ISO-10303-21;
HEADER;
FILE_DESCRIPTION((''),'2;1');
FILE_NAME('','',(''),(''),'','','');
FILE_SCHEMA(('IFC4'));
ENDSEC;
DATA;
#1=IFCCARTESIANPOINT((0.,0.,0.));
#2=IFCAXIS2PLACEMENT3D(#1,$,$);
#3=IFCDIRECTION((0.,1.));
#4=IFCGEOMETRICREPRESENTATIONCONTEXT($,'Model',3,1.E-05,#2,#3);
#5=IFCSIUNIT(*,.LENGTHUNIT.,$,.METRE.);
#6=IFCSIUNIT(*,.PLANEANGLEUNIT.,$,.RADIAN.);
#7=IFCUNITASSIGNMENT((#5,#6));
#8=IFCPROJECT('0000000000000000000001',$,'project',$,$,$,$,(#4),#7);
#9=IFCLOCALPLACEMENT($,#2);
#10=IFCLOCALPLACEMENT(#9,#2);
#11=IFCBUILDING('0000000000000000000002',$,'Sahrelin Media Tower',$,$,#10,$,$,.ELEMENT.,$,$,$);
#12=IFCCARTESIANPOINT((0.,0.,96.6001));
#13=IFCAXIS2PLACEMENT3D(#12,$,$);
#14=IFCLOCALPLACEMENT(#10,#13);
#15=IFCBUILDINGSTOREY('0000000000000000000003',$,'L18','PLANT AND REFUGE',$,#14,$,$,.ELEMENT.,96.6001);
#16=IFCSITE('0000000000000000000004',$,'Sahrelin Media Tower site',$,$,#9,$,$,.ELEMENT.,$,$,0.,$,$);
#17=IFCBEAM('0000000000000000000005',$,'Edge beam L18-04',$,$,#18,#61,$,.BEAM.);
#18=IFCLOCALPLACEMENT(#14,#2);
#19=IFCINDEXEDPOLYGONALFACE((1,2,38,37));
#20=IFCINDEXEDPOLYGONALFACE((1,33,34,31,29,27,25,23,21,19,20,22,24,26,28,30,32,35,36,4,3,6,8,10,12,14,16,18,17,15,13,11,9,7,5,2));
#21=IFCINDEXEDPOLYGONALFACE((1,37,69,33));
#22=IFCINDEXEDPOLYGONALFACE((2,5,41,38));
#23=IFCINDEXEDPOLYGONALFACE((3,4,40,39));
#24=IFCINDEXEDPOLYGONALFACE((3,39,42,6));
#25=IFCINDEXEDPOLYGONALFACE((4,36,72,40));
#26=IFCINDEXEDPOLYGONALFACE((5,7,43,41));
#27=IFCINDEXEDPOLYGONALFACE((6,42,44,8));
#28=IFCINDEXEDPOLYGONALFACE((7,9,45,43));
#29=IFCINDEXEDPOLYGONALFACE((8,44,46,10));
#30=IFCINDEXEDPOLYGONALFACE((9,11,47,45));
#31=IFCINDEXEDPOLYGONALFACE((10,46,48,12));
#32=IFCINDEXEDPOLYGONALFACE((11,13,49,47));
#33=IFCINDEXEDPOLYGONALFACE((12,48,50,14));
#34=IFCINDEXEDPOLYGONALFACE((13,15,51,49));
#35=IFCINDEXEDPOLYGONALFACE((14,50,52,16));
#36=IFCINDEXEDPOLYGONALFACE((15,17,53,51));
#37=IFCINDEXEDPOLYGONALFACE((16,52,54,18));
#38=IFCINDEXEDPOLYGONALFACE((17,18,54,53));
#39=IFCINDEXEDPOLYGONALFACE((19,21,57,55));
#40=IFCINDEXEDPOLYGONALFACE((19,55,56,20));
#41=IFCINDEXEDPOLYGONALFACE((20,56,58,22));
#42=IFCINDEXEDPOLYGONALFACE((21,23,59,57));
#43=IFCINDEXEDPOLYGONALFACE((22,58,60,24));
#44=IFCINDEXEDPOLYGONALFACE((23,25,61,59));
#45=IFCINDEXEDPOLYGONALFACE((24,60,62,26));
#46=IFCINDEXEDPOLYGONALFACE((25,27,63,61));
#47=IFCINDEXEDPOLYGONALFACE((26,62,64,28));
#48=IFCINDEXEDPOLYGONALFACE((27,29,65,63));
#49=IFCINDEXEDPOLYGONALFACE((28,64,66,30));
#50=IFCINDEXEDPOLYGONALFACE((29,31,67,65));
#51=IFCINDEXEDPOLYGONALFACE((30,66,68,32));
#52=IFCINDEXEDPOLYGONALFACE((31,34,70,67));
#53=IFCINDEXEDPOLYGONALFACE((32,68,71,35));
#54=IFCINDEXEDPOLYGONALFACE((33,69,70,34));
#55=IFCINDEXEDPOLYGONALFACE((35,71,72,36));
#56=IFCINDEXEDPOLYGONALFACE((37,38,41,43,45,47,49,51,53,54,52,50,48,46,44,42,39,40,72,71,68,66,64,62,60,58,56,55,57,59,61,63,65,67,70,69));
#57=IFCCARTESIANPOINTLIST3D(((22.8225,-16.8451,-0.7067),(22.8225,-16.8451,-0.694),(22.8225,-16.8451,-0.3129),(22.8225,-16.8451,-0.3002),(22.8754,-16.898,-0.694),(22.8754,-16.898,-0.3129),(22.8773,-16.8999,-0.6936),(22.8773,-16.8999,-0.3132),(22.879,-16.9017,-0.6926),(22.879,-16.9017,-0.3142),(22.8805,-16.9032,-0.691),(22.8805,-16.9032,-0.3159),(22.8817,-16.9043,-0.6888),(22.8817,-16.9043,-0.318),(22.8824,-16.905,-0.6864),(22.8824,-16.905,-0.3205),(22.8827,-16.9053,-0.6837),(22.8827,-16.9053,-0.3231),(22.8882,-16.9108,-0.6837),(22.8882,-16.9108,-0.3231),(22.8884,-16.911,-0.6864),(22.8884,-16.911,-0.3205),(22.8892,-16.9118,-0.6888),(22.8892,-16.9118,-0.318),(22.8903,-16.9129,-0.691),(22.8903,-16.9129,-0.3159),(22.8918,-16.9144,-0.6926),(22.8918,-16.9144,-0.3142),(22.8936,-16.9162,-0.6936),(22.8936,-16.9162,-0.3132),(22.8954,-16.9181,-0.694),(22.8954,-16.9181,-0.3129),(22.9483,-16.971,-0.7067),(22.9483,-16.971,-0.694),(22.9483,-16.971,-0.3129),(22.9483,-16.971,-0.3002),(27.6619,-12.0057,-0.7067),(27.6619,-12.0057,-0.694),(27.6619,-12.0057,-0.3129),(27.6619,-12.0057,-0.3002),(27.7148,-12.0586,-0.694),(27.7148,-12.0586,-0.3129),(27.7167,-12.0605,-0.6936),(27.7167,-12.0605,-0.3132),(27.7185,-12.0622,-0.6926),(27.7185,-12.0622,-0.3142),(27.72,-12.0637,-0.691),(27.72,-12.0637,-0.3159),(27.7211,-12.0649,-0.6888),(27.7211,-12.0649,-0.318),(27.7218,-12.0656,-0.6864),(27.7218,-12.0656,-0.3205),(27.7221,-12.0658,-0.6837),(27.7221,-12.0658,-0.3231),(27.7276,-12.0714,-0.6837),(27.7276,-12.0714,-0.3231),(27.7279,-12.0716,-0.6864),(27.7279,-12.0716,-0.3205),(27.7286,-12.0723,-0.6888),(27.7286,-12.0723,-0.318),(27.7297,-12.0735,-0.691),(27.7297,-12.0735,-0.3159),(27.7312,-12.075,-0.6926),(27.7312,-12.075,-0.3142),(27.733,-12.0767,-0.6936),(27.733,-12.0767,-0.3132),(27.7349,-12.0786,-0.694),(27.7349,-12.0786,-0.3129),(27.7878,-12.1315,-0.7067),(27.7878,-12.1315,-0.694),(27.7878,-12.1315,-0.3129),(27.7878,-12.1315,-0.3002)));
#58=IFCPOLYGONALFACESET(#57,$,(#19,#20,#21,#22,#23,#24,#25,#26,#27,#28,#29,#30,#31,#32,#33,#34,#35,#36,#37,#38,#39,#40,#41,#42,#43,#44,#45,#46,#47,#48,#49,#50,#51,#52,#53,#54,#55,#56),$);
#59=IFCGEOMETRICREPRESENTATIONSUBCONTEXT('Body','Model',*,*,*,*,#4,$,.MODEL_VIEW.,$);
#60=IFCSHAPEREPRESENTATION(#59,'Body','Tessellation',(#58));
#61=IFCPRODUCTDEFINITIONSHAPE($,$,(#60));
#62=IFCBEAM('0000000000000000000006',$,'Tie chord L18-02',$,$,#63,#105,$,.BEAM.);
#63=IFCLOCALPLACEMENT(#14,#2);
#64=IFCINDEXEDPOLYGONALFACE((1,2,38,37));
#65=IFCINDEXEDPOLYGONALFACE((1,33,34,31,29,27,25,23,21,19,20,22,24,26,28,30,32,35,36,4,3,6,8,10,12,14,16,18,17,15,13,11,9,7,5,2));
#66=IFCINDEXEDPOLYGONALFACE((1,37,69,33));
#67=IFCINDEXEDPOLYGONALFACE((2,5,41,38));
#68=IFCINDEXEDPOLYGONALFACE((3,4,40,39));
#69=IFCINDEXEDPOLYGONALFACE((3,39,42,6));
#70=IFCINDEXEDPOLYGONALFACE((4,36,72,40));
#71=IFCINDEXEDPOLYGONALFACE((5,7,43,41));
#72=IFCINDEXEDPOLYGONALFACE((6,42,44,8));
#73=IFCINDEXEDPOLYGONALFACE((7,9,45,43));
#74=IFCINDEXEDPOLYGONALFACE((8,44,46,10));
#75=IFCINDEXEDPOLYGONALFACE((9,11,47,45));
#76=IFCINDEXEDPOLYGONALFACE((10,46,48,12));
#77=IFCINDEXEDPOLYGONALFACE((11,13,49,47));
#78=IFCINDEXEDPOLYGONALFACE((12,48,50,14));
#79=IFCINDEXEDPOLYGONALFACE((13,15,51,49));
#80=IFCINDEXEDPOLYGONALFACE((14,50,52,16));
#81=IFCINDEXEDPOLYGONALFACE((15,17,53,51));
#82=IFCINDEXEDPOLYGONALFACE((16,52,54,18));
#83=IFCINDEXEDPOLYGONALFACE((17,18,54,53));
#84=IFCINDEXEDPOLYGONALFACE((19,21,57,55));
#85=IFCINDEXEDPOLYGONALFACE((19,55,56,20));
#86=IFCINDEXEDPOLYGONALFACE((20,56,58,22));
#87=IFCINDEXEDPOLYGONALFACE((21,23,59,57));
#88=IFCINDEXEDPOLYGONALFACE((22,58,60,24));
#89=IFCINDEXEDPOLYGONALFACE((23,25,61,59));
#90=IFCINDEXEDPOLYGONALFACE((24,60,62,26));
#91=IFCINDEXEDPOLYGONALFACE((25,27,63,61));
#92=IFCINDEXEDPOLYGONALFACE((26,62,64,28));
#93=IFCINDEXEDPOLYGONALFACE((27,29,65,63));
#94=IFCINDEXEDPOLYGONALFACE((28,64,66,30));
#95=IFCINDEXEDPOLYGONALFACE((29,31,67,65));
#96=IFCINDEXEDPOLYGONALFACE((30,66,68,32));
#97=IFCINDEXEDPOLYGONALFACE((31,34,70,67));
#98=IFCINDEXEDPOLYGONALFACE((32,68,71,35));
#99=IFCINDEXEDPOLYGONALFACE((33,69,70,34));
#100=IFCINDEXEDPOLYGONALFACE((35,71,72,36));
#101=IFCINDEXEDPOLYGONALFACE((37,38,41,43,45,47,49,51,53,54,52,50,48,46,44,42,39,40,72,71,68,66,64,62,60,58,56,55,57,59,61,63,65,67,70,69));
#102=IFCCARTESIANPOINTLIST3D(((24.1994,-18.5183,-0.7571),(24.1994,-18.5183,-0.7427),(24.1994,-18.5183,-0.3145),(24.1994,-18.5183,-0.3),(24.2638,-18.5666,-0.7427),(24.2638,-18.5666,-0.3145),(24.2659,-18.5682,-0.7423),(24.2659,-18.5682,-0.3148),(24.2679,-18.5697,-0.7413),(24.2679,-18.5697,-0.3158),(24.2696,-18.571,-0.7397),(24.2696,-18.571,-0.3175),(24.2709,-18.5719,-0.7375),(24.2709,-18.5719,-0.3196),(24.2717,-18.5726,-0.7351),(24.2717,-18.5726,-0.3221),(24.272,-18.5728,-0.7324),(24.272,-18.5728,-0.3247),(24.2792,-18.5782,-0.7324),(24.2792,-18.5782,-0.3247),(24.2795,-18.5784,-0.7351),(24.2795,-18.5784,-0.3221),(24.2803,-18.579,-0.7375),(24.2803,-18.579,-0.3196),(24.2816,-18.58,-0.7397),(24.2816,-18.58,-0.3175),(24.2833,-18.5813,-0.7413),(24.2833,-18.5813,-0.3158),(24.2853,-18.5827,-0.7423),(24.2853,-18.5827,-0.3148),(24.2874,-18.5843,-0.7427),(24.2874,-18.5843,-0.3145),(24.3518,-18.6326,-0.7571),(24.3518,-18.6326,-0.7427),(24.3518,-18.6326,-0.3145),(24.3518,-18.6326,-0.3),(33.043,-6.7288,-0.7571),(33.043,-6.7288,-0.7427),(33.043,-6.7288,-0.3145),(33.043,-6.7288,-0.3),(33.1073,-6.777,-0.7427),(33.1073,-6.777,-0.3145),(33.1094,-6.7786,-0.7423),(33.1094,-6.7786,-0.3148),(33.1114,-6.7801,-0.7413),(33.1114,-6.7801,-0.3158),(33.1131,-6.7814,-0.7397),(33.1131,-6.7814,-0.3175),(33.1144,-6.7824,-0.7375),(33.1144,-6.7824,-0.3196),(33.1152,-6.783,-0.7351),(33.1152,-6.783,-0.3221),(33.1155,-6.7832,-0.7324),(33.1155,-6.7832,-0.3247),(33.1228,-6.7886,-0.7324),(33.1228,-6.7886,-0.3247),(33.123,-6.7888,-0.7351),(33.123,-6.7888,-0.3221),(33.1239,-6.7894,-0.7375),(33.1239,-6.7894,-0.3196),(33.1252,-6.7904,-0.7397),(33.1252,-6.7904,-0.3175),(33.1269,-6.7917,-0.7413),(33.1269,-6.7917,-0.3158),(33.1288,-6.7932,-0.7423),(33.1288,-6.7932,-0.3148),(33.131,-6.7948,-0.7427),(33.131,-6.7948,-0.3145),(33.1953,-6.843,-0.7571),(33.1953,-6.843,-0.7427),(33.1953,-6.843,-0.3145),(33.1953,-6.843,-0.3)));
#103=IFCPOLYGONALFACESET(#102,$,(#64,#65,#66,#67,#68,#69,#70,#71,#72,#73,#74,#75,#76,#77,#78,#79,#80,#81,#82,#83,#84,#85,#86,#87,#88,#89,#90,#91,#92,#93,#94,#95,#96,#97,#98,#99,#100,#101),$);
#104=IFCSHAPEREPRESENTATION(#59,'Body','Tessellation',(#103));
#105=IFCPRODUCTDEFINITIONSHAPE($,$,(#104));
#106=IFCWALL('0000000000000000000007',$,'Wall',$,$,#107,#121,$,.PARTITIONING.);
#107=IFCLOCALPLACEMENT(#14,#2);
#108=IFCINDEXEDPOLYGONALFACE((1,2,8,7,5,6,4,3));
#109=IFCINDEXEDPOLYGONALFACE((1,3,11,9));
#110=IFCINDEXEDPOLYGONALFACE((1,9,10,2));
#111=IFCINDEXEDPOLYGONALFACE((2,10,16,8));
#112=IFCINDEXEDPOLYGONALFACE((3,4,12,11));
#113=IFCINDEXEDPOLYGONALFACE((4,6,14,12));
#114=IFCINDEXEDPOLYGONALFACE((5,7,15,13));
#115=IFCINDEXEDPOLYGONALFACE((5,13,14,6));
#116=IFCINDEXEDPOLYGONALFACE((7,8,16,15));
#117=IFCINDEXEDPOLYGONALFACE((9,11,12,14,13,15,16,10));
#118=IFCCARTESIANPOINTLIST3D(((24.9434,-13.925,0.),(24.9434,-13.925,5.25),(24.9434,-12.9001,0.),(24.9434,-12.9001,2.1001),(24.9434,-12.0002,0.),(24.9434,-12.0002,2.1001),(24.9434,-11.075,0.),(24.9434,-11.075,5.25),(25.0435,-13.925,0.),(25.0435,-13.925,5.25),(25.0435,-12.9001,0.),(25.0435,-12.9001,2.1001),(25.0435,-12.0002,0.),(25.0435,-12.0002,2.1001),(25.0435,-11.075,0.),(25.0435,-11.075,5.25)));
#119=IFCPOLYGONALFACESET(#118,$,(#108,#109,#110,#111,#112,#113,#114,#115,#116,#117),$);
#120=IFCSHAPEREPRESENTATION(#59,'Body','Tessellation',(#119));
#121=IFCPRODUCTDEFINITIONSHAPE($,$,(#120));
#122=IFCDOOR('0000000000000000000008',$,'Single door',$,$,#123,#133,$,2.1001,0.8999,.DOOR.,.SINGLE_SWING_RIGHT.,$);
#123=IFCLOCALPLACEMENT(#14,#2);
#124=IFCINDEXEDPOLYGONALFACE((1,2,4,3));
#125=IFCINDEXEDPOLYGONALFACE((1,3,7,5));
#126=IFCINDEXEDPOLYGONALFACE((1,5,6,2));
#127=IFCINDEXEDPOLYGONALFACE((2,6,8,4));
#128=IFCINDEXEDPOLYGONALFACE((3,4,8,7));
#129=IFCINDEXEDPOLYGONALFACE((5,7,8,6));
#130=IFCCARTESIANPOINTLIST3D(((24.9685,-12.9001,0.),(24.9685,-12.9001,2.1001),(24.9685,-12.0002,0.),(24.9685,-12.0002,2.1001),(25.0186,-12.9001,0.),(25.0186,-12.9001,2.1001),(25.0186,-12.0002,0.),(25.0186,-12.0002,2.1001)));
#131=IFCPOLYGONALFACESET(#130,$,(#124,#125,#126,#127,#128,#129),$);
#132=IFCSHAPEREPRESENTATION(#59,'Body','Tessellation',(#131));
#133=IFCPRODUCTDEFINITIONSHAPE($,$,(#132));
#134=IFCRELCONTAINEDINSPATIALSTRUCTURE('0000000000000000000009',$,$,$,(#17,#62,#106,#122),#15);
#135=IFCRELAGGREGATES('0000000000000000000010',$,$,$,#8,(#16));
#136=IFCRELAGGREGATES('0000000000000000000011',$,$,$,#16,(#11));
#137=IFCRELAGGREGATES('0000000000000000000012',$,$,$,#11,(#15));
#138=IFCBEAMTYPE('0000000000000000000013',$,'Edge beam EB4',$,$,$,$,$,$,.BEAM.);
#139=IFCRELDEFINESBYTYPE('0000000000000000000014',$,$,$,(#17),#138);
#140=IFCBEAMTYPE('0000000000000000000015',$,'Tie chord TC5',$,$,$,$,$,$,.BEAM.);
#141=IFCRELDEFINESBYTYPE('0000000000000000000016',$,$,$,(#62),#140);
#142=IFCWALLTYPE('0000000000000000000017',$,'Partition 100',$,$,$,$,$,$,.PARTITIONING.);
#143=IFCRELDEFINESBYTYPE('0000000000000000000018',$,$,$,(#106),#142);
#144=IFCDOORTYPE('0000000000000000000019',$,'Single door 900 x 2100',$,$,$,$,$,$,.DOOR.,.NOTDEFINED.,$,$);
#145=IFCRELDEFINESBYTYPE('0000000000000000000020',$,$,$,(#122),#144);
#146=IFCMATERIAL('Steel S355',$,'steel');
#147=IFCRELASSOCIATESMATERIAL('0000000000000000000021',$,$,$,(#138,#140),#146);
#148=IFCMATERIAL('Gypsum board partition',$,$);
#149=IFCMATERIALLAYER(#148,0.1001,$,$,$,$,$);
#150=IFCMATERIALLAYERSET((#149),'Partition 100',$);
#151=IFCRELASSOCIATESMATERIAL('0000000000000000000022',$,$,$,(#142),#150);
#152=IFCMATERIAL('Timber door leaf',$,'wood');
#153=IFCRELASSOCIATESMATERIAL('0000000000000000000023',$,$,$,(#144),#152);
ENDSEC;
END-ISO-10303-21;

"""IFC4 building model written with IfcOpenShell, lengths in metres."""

from ifc_helpers import new_model, si_unit, direction, frame, frame_2d, origin, origin_2d, place, context, subcontext, project, spatial, rectangle, i_section, extrude, material, layer, layer_set, material_profile, profile_set, type_object, element, fill, save


model = new_model("IFC4")

# Units and contexts
model_context = context("Model", 3, precision=1e-05, world=origin(), true_north=direction((0.0, 1.0)))
body_context = subcontext(model_context, "Body", "Model", "MODEL_VIEW")
ifc_project = project(units=[si_unit("LENGTHUNIT", "METRE"), si_unit("PLANEANGLEUNIT", "RADIAN")], contexts=[model_context])

# Site, building, storey
site_placement = place(None, origin())
site = spatial("IfcSite", under=ifc_project, at=site_placement, Name="Sahrelin Media Tower site", CompositionType="ELEMENT", RefElevation=0.0)
building_placement = place(site_placement, origin())
building = spatial("IfcBuilding", under=site, at=building_placement, Name="Sahrelin Media Tower", CompositionType="ELEMENT")
storey_placement = place(building_placement, frame((0.0, 0.0, 96.6001)))
storey = spatial("IfcBuildingStorey", under=building, at=storey_placement, Name="L18", Description="PLANT AND REFUGE", CompositionType="ELEMENT", Elevation=96.6001)

# Beams
ifc_material_1 = material(Name="Steel S355", Category="steel")
ifc_material_profile_1 = material_profile(ifc_material_1, i_section(OverallWidth=0.178, OverallDepth=0.4065, WebThickness=0.0078, FlangeThickness=0.0127, FilletRadius=0.0103, at=origin_2d()), Name="UB 406x178x60")
ifc_profile_set_1 = profile_set([ifc_material_profile_1], Name="Steel S355")
beam_type_1 = type_object("IfcBeamType", Name="Edge beam EB4", PredefinedType="BEAM", material=ifc_profile_set_1)
beam_1_placement = place(storey_placement, frame((27.7249, -12.0686, -0.5034), z_axis=(-0.707107, -0.707107, 0.0), x_axis=(0.707107, -0.707107, 0.0)))
element("IfcBeam", 1, at=beam_1_placement, inside=storey, type_object=beam_type_1, Name="Edge beam L18-04", PredefinedType="BEAM", context=body_context, shape_type="SweptSolid", body=[
    extrude(i_section(OverallWidth=0.178, OverallDepth=0.4065, WebThickness=0.0078, FlangeThickness=0.0127, FilletRadius=0.0103, at=origin_2d()), origin(), (0.0, 0.0, 1.0), 6.844),
])
ifc_material_profile_2 = material_profile(ifc_material_1, i_section(OverallWidth=0.1904, OverallDepth=0.457, WebThickness=0.009, FlangeThickness=0.0144, FilletRadius=0.0103, at=origin_2d()), Name="UB 457x191x74")
ifc_profile_set_2 = profile_set([ifc_material_profile_2], Name="Steel S355")
beam_type_2 = type_object("IfcBeamType", Name="Tie chord TC5", PredefinedType="BEAM", material=ifc_profile_set_2)
beam_2_placement = place(storey_placement, frame((33.1191, -6.7859, -0.5286), z_axis=(-0.600058, -0.799956, 0.0), x_axis=(0.799956, -0.600058, 0.0)))
element("IfcBeam", 2, at=beam_2_placement, inside=storey, type_object=beam_type_2, Name="Tie chord L18-02", PredefinedType="BEAM", context=body_context, shape_type="SweptSolid", body=[
    extrude(i_section(OverallWidth=0.1904, OverallDepth=0.457, WebThickness=0.009, FlangeThickness=0.0144, FilletRadius=0.0103, at=origin_2d()), origin(), (0.0, 0.0, 1.0), 14.7378),
])

# Wall, opening, door
ifc_material_2 = material(Name="Gypsum board partition")
ifc_layer = layer(ifc_material_2, 0.1001)
ifc_layer_set = layer_set([ifc_layer], Name="Partition 100")
wall_type = type_object("IfcWallType", Name="Partition 100", PredefinedType="PARTITIONING", material=ifc_layer_set)
wall_placement = place(storey_placement, frame((24.9934, -13.925, 0.0), z_axis=(0.0, 0.0, 1.0), x_axis=(0.0, 1.0, 0.0)))
wall = element("IfcWall", 3, at=wall_placement, inside=storey, type_object=wall_type, Name="Wall", PredefinedType="PARTITIONING", context=body_context, shape_type="SweptSolid", body=[
    extrude(rectangle(XDim=2.8501, YDim=0.1001, at=frame_2d((1.425, 0.0))), origin(), (0.0, 0.0, 1.0), 5.25),
])
opening_placement = place(wall_placement, frame((1.0249, 0.0, 0.0)))
opening = element("IfcOpeningElement", 4, at=opening_placement, cuts=wall, PredefinedType="OPENING", context=body_context, shape_type="SweptSolid", body=[
    extrude(rectangle(XDim=0.8999, YDim=2.1001, at=frame_2d((0.45, 1.05))), frame((0.0, 0.05, 0.0), z_axis=(0.0, -1.0, 0.0), x_axis=(1.0, 0.0, 0.0)), (0.0, 0.0, 1.0), 0.1001),
])
ifc_material_3 = material(Name="Timber door leaf", Category="wood")
door_type = type_object("IfcDoorType", Name="Single door 900 x 2100", OperationType="NOTDEFINED", PredefinedType="DOOR", material=ifc_material_3)
door_placement = place(opening_placement, origin())
door = element("IfcDoor", 5, at=door_placement, inside=storey, type_object=door_type, Name="Single door", OperationType="SINGLE_SWING_RIGHT", OverallHeight=2.1001, OverallWidth=0.8999, PredefinedType="DOOR", context=body_context, shape_type="SweptSolid", body=[
    extrude(rectangle(XDim=0.8999, YDim=2.1001, at=frame_2d((0.45, 1.05))), frame((0.0, 0.0249, 0.0), z_axis=(0.0, -1.0, 0.0), x_axis=(1.0, 0.0, 0.0)), (0.0, 0.0, 1.0), 0.05),
])
fill(opening, door)

save(model, "model.ifc")
